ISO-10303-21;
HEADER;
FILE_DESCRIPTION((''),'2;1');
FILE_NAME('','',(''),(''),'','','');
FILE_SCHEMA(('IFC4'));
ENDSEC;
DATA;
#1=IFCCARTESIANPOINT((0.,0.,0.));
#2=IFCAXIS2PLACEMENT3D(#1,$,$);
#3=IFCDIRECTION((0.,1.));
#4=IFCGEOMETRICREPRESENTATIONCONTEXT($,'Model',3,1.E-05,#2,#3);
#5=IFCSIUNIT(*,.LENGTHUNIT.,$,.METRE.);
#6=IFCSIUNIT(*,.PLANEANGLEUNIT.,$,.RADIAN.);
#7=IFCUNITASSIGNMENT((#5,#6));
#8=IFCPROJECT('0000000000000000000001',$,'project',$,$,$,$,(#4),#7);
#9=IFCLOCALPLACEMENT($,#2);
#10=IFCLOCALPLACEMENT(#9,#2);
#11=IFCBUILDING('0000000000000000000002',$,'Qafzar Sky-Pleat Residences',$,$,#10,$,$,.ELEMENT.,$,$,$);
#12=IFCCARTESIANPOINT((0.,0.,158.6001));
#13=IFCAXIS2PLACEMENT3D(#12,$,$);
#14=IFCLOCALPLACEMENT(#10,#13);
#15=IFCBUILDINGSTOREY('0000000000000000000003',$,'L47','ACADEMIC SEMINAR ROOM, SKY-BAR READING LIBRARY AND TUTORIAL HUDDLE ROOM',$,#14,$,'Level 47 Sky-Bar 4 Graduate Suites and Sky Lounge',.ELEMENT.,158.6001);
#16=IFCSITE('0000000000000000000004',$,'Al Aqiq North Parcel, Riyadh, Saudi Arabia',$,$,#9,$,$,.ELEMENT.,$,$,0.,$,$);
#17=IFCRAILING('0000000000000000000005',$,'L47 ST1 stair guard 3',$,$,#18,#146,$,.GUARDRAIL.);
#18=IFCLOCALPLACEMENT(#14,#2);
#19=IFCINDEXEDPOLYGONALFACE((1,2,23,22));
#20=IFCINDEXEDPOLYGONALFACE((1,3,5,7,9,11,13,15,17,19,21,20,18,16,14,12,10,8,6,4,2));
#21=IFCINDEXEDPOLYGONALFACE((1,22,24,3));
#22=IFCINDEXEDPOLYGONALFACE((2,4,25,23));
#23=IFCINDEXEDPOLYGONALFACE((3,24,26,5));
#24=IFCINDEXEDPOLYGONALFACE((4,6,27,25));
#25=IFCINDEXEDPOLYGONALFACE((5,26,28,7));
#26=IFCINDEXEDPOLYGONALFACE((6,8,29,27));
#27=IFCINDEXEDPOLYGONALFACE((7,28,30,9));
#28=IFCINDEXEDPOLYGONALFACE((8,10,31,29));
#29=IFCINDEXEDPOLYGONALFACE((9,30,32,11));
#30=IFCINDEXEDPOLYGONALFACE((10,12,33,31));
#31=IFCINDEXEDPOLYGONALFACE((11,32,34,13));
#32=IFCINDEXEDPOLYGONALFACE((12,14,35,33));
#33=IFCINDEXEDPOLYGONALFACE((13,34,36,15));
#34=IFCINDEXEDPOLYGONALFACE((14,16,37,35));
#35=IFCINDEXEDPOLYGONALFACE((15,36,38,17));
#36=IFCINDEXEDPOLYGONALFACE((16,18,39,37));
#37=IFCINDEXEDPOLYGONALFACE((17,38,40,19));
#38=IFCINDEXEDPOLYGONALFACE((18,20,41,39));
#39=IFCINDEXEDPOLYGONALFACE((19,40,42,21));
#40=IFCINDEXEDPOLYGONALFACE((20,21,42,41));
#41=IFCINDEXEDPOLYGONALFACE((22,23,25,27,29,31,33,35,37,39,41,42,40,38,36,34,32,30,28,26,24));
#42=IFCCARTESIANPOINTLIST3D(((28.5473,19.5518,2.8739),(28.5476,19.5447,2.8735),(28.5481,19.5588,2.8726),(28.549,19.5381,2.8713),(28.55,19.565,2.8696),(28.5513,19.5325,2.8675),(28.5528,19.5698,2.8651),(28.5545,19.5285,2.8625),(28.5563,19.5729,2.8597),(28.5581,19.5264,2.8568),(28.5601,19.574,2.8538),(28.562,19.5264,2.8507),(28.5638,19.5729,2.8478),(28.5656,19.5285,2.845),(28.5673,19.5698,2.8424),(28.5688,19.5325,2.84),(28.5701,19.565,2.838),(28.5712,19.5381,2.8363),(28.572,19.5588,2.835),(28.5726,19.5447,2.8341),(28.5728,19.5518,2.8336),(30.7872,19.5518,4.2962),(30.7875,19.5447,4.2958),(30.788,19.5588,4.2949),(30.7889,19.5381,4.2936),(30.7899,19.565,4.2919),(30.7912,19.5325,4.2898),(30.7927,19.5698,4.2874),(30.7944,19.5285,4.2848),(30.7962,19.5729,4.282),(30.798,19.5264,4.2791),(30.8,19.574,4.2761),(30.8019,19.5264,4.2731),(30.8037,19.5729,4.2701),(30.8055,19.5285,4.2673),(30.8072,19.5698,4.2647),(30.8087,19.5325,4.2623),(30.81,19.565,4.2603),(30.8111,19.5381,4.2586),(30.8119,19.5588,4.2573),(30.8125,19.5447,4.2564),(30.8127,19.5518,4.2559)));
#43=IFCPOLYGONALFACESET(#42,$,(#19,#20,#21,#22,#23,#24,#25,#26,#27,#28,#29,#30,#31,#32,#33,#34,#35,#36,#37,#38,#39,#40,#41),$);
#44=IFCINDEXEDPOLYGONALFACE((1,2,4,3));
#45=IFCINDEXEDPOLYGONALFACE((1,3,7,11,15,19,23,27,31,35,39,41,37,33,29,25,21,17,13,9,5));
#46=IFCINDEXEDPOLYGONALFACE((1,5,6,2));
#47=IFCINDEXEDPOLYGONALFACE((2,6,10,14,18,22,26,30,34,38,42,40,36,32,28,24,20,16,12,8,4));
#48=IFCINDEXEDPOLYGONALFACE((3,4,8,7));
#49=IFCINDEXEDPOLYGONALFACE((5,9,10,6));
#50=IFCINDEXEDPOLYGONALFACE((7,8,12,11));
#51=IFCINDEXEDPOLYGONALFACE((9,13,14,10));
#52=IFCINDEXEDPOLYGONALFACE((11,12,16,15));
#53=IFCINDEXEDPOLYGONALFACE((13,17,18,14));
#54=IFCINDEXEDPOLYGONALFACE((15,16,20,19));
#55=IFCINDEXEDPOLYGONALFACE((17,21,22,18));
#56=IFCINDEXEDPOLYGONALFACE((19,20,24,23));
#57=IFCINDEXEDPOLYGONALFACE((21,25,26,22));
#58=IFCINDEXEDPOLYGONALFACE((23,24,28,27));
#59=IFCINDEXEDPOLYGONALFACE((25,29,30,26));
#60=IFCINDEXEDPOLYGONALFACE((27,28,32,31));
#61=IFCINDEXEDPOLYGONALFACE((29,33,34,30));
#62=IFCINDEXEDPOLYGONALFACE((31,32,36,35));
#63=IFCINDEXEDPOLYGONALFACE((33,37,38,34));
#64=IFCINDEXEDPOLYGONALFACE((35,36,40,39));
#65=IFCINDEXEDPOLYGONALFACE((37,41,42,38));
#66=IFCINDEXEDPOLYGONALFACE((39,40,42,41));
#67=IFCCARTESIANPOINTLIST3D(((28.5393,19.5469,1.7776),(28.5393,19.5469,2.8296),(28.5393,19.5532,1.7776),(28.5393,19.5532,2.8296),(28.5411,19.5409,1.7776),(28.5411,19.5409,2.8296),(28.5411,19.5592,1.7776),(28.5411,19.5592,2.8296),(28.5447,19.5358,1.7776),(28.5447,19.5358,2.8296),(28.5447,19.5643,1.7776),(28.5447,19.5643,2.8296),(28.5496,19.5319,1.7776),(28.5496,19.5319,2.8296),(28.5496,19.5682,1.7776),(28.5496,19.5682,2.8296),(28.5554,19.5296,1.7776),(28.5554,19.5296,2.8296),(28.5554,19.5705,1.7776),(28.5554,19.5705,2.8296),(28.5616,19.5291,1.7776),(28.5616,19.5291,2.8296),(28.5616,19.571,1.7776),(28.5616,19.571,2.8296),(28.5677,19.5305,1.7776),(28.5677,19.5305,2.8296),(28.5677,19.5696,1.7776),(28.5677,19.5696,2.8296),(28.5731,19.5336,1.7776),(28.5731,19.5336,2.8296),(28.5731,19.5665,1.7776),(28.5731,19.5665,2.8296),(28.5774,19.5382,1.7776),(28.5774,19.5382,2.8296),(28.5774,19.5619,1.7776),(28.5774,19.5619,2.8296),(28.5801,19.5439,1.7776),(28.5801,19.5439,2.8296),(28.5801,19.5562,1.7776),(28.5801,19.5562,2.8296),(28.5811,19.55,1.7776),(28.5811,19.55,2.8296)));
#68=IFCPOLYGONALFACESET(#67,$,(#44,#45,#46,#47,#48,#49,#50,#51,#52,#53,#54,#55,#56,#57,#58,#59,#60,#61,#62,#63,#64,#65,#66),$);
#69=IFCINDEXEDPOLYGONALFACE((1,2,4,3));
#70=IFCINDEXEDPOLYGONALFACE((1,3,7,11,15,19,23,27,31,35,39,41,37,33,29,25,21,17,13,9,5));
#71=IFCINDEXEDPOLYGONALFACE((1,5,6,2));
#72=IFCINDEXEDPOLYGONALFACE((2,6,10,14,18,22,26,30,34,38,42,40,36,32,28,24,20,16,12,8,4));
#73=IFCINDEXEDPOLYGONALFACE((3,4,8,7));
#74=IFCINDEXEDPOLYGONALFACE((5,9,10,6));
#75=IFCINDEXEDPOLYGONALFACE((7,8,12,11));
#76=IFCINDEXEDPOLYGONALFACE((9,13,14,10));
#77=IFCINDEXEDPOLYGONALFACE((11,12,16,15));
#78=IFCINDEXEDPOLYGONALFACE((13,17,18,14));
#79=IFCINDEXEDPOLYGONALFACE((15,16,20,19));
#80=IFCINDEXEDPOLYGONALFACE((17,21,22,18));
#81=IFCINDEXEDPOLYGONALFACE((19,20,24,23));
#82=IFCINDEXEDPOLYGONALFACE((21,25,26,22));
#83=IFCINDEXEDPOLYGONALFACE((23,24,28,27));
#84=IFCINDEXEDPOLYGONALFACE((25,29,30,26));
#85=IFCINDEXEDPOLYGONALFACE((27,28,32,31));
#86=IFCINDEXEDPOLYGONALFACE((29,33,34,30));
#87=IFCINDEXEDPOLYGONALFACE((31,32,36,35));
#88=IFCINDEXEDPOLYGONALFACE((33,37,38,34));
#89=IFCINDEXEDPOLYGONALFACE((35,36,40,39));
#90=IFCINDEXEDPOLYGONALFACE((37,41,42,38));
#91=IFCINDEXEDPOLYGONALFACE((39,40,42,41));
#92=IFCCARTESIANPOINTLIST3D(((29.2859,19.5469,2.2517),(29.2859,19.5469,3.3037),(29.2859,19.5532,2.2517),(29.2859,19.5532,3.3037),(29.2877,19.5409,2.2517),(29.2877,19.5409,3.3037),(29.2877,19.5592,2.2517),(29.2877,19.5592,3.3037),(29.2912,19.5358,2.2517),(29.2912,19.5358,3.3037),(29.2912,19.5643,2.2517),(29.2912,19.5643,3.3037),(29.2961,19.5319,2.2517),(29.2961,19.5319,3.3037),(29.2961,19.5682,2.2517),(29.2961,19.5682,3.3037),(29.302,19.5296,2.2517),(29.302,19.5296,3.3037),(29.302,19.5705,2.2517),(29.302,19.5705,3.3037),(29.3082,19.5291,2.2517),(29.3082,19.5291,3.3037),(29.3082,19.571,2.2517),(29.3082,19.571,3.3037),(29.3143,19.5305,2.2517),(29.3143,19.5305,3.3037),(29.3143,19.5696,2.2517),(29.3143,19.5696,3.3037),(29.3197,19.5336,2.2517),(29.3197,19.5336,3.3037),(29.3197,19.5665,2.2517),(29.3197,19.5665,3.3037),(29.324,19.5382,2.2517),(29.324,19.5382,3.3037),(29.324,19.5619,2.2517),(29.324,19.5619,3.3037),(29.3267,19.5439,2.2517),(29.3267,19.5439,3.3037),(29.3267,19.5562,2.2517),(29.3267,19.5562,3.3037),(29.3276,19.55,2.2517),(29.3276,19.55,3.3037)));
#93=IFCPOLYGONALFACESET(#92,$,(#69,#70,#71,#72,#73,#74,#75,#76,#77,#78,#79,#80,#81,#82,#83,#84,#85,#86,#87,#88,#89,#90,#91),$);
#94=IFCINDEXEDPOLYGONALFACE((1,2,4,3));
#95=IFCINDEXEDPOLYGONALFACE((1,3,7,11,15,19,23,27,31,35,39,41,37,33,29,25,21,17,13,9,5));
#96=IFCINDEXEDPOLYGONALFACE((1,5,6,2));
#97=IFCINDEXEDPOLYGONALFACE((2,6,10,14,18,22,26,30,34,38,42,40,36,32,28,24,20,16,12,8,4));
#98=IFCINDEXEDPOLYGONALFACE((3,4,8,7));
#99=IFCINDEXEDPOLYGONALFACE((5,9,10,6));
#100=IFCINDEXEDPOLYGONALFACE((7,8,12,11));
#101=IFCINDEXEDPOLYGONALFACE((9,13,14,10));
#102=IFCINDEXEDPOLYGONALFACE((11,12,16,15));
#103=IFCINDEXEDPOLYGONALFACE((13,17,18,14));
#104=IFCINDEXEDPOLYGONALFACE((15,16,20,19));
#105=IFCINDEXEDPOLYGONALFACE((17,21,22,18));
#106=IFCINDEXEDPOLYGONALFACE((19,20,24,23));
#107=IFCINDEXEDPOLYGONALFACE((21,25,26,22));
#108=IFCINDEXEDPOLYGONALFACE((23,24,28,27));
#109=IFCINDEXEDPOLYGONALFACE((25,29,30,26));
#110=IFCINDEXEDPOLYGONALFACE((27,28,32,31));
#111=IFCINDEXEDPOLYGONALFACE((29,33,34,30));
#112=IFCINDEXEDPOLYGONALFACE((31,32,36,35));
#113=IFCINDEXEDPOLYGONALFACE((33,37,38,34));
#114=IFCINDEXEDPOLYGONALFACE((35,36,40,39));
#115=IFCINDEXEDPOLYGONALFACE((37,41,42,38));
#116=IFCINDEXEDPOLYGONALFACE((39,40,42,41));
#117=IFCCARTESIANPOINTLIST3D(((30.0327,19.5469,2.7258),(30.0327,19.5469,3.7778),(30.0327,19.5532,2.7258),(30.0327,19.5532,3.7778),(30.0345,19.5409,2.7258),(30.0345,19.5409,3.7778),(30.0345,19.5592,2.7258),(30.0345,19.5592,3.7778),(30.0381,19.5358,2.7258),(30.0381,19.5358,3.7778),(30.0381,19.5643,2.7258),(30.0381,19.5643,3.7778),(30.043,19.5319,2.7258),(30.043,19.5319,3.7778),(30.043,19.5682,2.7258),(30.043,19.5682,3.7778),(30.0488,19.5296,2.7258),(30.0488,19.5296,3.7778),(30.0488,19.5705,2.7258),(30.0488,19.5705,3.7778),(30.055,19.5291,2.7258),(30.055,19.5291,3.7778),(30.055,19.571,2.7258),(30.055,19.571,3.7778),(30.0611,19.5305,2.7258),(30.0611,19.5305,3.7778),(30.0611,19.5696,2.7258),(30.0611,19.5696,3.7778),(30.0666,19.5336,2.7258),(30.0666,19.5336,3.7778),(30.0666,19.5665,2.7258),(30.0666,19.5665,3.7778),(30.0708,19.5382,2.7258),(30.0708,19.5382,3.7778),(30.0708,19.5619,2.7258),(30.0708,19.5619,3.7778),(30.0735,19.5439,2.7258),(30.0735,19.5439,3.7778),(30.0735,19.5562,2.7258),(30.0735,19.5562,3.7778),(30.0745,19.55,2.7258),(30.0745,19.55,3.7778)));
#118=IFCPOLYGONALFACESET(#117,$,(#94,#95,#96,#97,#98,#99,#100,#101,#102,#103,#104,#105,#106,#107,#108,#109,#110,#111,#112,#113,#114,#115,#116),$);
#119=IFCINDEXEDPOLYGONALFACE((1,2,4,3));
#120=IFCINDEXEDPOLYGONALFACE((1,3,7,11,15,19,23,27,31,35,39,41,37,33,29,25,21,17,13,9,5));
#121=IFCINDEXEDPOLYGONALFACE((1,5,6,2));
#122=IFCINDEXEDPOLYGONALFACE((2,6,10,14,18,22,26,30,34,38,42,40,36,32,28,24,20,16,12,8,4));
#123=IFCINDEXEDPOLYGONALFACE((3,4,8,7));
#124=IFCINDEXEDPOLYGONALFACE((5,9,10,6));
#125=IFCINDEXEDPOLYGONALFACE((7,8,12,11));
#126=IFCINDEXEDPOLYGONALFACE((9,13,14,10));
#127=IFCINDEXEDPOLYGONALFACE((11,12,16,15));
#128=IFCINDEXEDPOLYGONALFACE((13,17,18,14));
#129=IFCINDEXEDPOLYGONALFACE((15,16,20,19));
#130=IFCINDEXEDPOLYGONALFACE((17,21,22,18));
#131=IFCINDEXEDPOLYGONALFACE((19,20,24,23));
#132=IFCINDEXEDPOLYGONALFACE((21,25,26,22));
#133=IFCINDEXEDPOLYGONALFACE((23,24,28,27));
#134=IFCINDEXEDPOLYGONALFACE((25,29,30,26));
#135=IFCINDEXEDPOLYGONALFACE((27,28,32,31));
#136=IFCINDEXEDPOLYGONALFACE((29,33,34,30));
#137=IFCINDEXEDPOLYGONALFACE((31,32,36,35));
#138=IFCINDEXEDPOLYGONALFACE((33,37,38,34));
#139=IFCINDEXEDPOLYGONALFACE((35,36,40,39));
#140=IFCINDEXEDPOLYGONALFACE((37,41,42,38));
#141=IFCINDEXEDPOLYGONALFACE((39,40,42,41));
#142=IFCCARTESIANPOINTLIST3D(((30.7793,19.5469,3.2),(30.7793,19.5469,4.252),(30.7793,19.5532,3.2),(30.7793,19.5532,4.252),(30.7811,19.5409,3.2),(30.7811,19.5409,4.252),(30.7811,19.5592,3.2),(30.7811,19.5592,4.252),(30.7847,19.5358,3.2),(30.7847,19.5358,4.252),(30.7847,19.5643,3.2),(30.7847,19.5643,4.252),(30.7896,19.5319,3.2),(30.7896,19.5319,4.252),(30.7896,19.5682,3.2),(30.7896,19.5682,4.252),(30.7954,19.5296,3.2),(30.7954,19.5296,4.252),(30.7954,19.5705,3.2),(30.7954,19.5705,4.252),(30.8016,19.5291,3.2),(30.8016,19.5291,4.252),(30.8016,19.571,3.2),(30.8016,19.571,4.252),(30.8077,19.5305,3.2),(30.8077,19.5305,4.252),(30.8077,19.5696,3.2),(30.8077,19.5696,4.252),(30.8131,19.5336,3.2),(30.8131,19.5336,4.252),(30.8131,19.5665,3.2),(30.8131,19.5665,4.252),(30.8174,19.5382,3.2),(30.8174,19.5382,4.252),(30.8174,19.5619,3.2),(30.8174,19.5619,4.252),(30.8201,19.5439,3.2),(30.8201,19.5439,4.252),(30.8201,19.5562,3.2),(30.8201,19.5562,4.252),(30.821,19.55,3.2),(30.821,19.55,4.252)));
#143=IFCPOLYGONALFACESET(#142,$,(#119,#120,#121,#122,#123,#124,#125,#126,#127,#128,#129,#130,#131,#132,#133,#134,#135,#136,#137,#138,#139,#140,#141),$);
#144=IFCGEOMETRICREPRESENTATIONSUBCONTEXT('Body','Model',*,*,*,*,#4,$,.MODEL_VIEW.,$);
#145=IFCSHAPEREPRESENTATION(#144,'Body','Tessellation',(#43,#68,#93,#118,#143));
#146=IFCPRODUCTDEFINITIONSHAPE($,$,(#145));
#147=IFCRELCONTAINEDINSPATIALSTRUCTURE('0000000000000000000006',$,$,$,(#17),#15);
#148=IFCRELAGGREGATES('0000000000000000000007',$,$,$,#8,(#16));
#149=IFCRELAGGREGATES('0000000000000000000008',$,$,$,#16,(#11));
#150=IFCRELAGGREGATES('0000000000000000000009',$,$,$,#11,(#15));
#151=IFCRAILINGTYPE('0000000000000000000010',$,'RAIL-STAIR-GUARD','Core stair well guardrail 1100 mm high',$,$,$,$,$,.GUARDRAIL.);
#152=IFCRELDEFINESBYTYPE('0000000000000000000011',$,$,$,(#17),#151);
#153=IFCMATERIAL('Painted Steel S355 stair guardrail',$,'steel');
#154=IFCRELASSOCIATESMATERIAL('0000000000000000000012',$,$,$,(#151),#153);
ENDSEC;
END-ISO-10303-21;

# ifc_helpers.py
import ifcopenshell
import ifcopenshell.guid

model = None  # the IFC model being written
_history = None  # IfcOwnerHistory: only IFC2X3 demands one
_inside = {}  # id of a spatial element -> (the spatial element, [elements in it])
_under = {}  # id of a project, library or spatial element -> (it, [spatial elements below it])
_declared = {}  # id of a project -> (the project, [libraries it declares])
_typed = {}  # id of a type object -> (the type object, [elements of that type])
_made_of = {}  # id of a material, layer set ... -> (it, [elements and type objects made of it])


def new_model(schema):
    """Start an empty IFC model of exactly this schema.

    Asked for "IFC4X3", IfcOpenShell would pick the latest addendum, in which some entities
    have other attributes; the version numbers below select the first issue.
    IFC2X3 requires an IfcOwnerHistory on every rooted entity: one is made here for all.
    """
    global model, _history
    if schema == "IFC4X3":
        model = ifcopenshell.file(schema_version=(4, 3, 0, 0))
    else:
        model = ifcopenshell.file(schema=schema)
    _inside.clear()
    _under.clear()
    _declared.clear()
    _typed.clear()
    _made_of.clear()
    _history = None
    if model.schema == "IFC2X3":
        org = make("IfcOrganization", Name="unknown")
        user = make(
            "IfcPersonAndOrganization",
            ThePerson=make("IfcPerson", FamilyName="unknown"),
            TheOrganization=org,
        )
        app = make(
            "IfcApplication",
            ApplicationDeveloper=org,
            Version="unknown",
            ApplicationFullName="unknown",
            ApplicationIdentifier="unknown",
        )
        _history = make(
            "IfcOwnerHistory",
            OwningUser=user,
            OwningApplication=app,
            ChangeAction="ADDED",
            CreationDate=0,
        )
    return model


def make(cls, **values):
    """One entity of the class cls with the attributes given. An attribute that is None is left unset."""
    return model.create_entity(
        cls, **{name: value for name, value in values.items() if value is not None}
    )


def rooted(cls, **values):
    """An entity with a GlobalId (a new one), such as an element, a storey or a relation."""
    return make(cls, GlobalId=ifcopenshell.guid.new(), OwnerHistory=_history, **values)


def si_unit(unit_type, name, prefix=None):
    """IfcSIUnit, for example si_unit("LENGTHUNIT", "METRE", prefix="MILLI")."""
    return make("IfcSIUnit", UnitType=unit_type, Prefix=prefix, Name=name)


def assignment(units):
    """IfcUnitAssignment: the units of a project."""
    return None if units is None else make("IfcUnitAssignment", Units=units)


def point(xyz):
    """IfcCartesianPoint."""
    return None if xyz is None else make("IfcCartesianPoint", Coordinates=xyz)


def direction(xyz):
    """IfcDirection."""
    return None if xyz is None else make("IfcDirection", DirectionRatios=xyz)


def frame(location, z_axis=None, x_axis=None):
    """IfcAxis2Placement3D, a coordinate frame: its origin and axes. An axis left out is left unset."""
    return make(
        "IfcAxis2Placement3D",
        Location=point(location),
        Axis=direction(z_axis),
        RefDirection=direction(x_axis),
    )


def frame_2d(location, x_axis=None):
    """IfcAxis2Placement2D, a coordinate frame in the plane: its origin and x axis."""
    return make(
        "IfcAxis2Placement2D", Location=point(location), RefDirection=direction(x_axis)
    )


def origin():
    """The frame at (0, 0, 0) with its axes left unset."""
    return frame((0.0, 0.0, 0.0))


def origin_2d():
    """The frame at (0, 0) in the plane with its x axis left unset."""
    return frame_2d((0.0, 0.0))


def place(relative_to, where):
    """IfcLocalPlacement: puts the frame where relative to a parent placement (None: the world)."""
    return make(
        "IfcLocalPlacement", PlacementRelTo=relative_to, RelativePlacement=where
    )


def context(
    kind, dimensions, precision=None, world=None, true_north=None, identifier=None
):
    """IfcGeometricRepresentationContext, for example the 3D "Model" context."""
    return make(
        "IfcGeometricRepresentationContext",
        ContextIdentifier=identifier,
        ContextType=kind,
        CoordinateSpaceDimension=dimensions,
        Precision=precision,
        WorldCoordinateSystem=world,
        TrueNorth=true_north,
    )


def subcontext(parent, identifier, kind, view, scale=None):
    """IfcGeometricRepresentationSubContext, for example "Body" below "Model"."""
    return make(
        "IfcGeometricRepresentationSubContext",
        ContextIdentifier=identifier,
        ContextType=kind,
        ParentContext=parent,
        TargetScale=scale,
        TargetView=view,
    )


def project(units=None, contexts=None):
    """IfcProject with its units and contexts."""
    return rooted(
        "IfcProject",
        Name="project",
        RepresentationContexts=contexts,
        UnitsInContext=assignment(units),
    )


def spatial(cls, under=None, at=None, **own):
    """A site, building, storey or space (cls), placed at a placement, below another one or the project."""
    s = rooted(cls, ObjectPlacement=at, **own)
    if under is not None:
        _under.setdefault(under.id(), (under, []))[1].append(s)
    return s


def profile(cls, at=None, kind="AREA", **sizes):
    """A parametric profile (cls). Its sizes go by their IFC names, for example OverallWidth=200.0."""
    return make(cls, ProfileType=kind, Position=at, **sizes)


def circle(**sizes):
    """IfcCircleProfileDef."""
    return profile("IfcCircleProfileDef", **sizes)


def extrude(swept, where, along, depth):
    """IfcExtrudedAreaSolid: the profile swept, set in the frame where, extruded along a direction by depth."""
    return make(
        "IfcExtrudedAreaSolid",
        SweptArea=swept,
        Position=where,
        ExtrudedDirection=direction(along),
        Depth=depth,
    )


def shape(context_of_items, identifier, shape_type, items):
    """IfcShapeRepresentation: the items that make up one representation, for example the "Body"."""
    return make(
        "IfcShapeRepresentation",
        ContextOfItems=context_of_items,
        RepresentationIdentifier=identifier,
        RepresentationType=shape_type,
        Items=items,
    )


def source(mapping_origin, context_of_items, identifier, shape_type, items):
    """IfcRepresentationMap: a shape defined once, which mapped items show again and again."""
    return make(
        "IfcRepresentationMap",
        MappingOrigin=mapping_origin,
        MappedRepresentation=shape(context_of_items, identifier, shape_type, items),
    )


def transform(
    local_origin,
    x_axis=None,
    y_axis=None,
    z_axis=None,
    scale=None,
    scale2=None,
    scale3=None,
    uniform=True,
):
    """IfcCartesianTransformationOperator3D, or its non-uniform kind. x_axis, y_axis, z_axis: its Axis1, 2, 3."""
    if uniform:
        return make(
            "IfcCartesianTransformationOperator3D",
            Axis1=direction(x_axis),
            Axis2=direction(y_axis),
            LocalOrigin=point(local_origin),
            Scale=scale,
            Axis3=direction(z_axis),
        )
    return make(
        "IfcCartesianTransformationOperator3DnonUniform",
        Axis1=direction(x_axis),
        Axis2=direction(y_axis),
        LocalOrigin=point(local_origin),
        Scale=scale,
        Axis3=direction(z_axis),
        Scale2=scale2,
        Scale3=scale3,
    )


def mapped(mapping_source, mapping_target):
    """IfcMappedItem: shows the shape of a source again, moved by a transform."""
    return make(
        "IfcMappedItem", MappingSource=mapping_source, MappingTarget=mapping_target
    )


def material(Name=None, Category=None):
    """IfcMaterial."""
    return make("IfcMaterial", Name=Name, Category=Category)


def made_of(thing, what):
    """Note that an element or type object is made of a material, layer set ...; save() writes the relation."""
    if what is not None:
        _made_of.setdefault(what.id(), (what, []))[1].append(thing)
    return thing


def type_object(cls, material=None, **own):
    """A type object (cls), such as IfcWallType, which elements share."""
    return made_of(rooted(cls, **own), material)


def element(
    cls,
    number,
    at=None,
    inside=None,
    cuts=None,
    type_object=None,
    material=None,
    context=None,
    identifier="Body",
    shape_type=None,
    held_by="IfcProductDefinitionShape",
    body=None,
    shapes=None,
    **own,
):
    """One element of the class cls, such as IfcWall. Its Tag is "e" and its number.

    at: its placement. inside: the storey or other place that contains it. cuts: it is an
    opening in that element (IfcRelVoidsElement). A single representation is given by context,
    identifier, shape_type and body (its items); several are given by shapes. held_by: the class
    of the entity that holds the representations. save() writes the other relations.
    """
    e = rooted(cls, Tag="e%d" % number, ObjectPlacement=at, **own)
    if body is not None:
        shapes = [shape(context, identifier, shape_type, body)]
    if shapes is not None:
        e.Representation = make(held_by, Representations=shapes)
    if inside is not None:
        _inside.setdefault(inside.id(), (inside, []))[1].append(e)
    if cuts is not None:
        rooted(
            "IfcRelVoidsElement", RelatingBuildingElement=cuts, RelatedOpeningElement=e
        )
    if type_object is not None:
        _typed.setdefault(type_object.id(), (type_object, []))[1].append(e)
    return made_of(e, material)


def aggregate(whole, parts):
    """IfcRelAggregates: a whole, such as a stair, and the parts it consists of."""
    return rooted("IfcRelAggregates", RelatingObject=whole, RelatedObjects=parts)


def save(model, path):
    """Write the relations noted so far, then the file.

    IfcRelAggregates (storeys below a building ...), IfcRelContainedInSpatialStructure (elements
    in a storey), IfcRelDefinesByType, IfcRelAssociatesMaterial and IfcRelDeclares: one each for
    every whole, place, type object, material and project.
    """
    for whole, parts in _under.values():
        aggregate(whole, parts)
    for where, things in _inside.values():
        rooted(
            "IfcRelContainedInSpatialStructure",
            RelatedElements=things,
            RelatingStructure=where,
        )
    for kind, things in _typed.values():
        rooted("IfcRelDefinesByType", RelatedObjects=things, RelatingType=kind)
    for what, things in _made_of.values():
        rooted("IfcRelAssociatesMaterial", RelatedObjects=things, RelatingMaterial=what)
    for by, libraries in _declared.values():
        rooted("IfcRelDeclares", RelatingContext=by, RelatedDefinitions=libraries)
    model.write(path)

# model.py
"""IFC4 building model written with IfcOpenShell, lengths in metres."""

from ifc_helpers import new_model, si_unit, direction, frame, origin, origin_2d, place, context, subcontext, project, spatial, circle, extrude, source, transform, mapped, material, type_object, element, save


model = new_model("IFC4")

# Units and contexts
model_context = context("Model", 3, precision=1e-05, world=origin(), true_north=direction((0.0, 1.0)))
body_context = subcontext(model_context, "Body", "Model", "MODEL_VIEW")
ifc_project = project(units=[si_unit("LENGTHUNIT", "METRE"), si_unit("PLANEANGLEUNIT", "RADIAN")], contexts=[model_context])

# Site, building, storey
site_placement = place(None, origin())
site = spatial("IfcSite", under=ifc_project, at=site_placement, Name="Al Aqiq North Parcel, Riyadh, Saudi Arabia", CompositionType="ELEMENT", RefElevation=0.0)
building_placement = place(site_placement, origin())
building = spatial("IfcBuilding", under=site, at=building_placement, Name="Qafzar Sky-Pleat Residences", CompositionType="ELEMENT")
storey_placement = place(building_placement, frame((0.0, 0.0, 158.6001)))
storey = spatial("IfcBuildingStorey", under=building, at=storey_placement, Name="L47", Description="ACADEMIC SEMINAR ROOM, SKY-BAR READING LIBRARY AND TUTORIAL HUDDLE ROOM", LongName="Level 47 Sky-Bar 4 Graduate Suites and Sky Lounge", CompositionType="ELEMENT", Elevation=158.6001)

# Railing
ifc_material_1 = material(Name="Painted Steel S355 stair guardrail", Category="steel")
railing_type_1 = type_object("IfcRailingType", Name="RAIL-STAIR-GUARD", Description="Core stair well guardrail 1100 mm high", PredefinedType="GUARDRAIL", material=ifc_material_1)
shared_shape_1 = source(origin(), body_context, "Body", "SweptSolid", [
    extrude(circle(Radius=0.0239, at=origin_2d()), frame((0.0, 0.0, 1.0762), z_axis=(0.844188, 0.0, 0.536048), x_axis=(0.0, 1.0, 0.0)), (0.0, 0.0, 1.0), 2.6533),
    extrude(circle(Radius=0.021, at=origin_2d()), origin(), (0.0, 0.0, 1.0), 1.052),
    extrude(circle(Radius=0.021, at=origin_2d()), frame((0.7466, 0.0, 0.4741)), (0.0, 0.0, 1.0), 1.052),
    extrude(circle(Radius=0.021, at=origin_2d()), frame((1.4934, 0.0, 0.9482)), (0.0, 0.0, 1.0), 1.052),
    extrude(circle(Radius=0.021, at=origin_2d()), frame((2.24, 0.0, 1.4224)), (0.0, 0.0, 1.0), 1.052),
])
railing_1_placement = place(storey_placement, frame((28.5601, 19.55, 1.7776)))
element("IfcRailing", 1, at=railing_1_placement, inside=storey, type_object=railing_type_1, Name="L47 ST1 stair guard 3", PredefinedType="GUARDRAIL", context=body_context, shape_type="MappedRepresentation", body=[
    mapped(shared_shape_1, transform((0.0, 0.0, 0.0), x_axis=(1.0, 0.0, 0.0), y_axis=(0.0, 1.0, 0.0), z_axis=(0.0, 0.0, 1.0), scale=1.0)),
])

save(model, "model.ifc")
